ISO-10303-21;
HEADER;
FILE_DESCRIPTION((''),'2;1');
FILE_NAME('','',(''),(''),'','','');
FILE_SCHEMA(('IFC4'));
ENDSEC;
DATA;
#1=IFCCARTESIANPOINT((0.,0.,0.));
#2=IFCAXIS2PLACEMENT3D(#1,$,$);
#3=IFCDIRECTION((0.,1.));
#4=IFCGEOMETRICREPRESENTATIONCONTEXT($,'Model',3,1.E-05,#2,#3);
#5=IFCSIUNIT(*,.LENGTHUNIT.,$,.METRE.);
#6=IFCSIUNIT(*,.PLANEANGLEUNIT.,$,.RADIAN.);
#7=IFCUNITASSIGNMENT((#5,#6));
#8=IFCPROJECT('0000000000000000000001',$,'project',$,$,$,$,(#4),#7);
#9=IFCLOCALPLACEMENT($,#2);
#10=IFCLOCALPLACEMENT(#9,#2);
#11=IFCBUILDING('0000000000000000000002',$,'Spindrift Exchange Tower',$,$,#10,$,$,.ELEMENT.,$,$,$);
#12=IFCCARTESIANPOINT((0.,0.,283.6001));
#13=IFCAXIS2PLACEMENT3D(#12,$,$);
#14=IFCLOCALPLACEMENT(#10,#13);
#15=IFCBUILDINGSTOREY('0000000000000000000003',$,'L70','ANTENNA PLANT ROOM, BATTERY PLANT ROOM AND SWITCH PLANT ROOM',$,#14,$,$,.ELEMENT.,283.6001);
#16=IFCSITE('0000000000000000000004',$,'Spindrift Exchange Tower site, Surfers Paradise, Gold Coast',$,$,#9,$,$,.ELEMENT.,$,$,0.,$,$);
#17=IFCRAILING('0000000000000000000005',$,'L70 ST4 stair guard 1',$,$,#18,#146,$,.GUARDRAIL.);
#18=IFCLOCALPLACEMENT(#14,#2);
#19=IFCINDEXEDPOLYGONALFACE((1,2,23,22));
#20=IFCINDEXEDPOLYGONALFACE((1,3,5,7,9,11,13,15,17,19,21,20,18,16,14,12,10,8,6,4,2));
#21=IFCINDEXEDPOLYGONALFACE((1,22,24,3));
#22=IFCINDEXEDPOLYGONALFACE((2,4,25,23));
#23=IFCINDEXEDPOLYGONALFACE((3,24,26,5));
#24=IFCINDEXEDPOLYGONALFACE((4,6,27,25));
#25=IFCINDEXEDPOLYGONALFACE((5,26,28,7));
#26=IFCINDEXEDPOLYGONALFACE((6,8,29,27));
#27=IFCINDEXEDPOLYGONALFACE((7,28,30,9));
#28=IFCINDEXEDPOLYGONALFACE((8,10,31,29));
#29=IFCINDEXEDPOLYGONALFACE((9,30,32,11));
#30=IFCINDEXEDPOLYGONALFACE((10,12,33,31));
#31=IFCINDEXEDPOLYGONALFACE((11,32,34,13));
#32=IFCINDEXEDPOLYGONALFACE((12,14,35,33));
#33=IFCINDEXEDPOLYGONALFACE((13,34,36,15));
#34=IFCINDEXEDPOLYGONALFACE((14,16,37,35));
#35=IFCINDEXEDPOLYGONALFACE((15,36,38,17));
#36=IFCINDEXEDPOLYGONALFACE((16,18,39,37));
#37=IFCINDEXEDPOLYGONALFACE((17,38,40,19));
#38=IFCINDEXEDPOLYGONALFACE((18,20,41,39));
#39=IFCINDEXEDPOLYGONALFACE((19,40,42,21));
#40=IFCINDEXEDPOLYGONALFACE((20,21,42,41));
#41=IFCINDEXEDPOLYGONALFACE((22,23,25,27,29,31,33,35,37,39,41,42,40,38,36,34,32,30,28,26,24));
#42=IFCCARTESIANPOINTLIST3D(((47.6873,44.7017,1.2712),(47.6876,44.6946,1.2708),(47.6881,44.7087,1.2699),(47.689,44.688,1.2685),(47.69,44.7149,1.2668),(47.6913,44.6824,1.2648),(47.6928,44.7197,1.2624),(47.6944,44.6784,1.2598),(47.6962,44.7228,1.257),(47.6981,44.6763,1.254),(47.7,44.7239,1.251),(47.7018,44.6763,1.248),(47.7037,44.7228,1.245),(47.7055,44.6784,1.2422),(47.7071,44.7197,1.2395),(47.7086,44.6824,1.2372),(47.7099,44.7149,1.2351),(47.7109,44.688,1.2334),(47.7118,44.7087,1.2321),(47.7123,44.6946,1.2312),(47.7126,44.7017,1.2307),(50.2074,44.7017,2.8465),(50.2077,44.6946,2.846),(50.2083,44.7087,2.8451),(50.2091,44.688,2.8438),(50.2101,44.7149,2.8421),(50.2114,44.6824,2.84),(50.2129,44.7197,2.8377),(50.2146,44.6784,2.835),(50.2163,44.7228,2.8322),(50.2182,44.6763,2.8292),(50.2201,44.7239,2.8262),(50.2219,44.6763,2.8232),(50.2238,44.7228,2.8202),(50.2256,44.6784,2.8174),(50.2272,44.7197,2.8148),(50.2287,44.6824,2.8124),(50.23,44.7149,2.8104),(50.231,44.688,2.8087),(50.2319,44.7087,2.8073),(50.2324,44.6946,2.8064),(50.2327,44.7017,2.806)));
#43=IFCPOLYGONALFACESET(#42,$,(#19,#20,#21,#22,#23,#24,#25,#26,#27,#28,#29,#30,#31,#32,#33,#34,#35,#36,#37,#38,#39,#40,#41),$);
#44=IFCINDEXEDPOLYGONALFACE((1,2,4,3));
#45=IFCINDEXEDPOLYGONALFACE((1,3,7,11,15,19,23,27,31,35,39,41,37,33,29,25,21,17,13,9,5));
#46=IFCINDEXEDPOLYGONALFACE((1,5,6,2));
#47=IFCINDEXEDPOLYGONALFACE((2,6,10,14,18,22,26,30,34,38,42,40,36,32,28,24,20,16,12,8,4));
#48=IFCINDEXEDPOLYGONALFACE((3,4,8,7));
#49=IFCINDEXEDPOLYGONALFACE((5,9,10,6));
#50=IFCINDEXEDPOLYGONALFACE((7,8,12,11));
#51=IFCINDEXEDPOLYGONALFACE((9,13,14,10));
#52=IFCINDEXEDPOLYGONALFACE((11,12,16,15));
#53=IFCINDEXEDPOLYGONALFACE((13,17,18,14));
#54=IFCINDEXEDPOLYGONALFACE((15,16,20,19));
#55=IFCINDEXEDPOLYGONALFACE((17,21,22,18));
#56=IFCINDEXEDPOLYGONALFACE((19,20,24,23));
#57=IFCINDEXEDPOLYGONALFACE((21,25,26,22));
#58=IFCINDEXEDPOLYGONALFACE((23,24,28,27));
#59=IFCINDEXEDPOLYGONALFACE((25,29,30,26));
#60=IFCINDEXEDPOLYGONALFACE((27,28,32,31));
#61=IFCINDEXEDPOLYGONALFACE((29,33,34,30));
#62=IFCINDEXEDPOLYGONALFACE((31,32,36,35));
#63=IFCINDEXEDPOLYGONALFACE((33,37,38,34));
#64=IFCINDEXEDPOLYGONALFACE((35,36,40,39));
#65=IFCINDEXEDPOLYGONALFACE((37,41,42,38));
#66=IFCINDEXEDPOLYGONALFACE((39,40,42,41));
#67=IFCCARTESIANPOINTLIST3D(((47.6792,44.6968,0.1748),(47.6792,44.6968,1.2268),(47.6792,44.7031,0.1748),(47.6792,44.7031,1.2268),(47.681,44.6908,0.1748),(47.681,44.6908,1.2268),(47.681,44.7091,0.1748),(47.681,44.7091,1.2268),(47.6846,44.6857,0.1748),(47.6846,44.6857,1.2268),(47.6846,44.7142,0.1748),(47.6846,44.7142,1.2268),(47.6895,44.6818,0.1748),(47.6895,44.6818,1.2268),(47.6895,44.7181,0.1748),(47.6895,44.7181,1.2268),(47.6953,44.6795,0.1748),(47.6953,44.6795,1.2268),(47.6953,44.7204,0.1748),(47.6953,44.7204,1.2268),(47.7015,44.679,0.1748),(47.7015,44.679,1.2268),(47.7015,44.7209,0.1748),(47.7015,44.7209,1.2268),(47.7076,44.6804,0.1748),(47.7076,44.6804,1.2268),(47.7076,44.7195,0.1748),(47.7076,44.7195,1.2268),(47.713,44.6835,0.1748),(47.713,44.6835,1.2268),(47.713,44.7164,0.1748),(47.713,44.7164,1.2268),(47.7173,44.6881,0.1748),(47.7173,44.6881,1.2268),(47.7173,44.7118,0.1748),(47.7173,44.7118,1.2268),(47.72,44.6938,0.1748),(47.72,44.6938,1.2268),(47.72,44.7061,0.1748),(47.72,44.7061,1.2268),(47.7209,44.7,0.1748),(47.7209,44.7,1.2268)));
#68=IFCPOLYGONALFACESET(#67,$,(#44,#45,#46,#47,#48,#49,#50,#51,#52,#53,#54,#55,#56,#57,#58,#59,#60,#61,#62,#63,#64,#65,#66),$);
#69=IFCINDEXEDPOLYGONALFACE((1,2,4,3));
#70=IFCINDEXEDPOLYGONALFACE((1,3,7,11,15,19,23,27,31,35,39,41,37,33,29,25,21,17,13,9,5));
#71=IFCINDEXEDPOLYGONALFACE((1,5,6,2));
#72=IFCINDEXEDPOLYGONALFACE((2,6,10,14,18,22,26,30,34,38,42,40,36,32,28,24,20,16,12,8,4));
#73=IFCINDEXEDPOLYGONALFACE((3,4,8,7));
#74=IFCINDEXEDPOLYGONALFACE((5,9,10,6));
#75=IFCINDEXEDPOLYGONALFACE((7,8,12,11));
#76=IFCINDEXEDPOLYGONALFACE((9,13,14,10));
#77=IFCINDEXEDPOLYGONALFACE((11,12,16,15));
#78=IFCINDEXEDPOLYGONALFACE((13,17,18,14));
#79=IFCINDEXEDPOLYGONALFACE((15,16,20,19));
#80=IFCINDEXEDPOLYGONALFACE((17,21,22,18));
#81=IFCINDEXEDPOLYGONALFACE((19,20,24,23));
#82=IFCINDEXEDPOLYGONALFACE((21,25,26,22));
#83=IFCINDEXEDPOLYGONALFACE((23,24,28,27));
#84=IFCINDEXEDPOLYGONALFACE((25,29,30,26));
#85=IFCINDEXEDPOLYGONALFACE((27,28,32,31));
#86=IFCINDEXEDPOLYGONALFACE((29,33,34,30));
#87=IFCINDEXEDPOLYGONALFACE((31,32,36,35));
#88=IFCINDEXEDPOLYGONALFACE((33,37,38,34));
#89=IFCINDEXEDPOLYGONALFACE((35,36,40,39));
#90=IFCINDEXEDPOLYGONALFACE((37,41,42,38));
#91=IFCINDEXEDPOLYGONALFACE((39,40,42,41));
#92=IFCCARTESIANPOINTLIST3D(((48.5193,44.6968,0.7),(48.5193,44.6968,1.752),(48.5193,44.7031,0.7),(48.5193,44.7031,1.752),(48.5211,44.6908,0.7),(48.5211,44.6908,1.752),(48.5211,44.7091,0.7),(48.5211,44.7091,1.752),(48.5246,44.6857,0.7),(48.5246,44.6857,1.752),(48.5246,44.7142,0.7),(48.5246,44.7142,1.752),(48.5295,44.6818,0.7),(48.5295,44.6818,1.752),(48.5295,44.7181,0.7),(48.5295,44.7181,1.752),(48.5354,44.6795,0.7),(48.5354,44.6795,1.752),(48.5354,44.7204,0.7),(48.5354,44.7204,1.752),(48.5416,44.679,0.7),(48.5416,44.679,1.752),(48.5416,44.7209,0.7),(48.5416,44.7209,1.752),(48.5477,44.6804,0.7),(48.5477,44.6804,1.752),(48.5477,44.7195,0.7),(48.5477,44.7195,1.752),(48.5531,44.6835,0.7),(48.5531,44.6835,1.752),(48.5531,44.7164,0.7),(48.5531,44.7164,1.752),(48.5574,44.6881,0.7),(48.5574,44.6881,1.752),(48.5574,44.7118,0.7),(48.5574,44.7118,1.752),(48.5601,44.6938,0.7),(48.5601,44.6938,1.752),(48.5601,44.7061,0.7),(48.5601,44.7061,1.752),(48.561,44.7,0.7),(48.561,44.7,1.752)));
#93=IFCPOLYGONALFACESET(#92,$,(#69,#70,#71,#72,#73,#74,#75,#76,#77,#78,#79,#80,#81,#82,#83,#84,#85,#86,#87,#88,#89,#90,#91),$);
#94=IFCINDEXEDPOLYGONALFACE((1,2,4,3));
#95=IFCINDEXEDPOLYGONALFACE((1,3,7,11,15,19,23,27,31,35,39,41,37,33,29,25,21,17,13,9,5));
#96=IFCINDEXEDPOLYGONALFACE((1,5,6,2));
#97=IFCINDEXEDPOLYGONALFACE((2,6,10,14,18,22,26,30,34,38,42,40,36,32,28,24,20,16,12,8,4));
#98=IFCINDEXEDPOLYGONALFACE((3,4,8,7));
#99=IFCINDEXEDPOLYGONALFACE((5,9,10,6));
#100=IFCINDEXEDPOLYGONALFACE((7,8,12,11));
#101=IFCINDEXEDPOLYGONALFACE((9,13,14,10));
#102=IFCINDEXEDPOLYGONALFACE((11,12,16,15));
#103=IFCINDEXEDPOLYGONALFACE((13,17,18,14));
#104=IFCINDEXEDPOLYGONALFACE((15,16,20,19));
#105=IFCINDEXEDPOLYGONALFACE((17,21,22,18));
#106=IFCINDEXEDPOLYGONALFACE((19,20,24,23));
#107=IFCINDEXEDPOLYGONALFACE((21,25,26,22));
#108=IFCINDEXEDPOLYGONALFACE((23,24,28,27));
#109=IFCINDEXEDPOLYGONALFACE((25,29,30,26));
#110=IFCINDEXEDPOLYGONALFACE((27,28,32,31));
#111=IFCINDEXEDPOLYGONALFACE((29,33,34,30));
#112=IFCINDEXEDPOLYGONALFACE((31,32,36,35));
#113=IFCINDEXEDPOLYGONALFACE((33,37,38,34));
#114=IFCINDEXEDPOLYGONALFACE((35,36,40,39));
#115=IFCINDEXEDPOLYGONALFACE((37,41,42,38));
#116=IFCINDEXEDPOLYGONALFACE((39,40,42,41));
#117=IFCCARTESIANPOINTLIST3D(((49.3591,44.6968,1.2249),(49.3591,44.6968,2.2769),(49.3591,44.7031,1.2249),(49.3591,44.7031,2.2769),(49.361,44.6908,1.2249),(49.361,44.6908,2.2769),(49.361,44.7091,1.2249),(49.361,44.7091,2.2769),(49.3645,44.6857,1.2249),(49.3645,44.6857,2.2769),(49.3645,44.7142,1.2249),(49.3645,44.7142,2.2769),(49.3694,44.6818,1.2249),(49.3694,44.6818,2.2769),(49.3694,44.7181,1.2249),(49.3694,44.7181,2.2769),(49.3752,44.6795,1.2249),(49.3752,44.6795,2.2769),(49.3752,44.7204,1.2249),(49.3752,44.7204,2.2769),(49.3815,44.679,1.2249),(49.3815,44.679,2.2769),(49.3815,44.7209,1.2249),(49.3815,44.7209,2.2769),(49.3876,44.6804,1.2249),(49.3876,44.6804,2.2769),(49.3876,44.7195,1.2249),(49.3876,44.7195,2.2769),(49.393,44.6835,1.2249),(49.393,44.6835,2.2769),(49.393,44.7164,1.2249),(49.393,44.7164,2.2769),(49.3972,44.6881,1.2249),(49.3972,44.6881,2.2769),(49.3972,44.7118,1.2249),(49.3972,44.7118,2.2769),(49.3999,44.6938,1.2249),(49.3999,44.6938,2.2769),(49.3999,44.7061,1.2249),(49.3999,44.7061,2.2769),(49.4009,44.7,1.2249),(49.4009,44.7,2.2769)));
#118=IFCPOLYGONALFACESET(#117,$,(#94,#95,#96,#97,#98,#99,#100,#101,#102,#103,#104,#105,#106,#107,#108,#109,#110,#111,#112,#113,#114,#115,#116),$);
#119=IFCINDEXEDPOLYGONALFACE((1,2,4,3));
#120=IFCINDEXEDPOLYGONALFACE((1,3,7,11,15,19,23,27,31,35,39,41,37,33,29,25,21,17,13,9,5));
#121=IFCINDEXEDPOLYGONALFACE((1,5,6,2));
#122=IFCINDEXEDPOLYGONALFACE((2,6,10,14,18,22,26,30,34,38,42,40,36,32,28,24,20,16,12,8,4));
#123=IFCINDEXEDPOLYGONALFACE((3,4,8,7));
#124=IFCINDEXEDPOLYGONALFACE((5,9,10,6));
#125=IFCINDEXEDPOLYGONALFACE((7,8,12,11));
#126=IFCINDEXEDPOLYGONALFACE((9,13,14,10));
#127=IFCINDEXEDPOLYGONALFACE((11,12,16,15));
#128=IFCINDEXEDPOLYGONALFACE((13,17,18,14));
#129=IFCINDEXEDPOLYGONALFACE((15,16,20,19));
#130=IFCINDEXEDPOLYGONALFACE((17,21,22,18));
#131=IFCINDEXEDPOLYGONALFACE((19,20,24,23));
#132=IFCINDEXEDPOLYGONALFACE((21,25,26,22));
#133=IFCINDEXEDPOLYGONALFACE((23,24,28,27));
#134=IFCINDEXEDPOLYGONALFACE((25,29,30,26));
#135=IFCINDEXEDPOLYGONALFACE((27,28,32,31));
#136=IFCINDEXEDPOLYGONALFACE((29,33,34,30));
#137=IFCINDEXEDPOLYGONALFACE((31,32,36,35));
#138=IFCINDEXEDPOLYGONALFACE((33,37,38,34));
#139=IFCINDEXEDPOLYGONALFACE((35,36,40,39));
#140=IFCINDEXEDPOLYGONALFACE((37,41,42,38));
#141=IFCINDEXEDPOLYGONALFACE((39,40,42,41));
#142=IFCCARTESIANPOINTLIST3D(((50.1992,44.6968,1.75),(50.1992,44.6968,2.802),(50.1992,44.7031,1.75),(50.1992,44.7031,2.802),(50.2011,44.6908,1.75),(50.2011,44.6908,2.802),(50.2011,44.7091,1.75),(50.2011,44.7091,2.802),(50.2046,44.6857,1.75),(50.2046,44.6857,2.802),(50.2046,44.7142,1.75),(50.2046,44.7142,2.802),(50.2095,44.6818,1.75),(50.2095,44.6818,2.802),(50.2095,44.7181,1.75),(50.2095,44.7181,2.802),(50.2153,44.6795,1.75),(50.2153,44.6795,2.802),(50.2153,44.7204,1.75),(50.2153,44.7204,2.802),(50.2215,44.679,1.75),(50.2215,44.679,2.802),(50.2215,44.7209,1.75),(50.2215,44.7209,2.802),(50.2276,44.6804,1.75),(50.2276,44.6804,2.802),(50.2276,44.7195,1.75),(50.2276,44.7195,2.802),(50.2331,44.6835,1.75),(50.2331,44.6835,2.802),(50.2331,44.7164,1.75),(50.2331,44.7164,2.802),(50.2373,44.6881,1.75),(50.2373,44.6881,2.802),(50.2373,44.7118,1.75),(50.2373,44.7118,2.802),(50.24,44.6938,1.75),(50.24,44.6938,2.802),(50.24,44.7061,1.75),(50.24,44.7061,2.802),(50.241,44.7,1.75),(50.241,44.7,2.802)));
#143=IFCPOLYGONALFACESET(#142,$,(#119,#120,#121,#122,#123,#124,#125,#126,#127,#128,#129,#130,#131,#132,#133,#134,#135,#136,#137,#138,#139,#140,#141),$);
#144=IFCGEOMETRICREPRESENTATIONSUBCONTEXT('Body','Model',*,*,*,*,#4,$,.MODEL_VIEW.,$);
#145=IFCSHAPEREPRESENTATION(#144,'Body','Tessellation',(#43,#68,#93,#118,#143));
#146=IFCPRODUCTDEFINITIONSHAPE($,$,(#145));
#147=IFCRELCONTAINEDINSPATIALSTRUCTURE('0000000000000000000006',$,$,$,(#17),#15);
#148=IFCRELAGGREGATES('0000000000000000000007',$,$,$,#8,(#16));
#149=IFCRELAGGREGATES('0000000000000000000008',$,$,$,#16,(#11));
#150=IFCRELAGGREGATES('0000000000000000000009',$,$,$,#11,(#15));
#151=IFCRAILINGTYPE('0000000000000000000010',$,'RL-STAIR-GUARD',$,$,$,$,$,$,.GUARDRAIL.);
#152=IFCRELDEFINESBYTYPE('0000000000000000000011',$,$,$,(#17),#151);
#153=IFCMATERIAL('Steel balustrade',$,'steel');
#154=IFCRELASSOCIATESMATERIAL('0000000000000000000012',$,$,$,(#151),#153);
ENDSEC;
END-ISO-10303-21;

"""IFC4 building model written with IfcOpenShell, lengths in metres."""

from ifc_helpers import new_model, si_unit, direction, frame, origin, origin_2d, place, context, subcontext, project, spatial, circle, extrude, material, type_object, element, save


model = new_model("IFC4")

# Units and contexts
model_context = context("Model", 3, precision=1e-05, world=origin(), true_north=direction((0.0, 1.0)))
body_context = subcontext(model_context, "Body", "Model", "MODEL_VIEW")
ifc_project = project(units=[si_unit("LENGTHUNIT", "METRE"), si_unit("PLANEANGLEUNIT", "RADIAN")], contexts=[model_context])

# Site, building, storey
site_placement = place(None, origin())
site = spatial("IfcSite", under=ifc_project, at=site_placement, Name="Spindrift Exchange Tower site, Surfers Paradise, Gold Coast", CompositionType="ELEMENT", RefElevation=0.0)
building_placement = place(site_placement, origin())
building = spatial("IfcBuilding", under=site, at=building_placement, Name="Spindrift Exchange Tower", CompositionType="ELEMENT")
storey_placement = place(building_placement, frame((0.0, 0.0, 283.6001)))
storey = spatial("IfcBuildingStorey", under=building, at=storey_placement, Name="L70", Description="ANTENNA PLANT ROOM, BATTERY PLANT ROOM AND SWITCH PLANT ROOM", CompositionType="ELEMENT", Elevation=283.6001)

# Railing
ifc_material_1 = material(Name="Steel balustrade", Category="steel")
railing_type_1 = type_object("IfcRailingType", Name="RL-STAIR-GUARD", PredefinedType="GUARDRAIL", material=ifc_material_1)
railing_1_placement = place(storey_placement, frame((47.7, 44.7, 0.1748)))
element("IfcRailing", 1, at=railing_1_placement, inside=storey, type_object=railing_type_1, Name="L70 ST4 stair guard 1", PredefinedType="GUARDRAIL", context=body_context, shape_type="SweptSolid", body=[
    extrude(circle(Radius=0.0239, at=origin_2d()), frame((0.0, 0.0, 1.0762), z_axis=(0.847971, 0.0, 0.530043), x_axis=(0.0, 1.0, 0.0)), (0.0, 0.0, 1.0), 2.9719),
    extrude(circle(Radius=0.021, at=origin_2d()), origin(), (0.0, 0.0, 1.0), 1.052),
    extrude(circle(Radius=0.021, at=origin_2d()), frame((0.8401, 0.0, 0.5251)), (0.0, 0.0, 1.0), 1.052),
    extrude(circle(Radius=0.021, at=origin_2d()), frame((1.6799, 0.0, 1.05)), (0.0, 0.0, 1.0), 1.052),
    extrude(circle(Radius=0.021, at=origin_2d()), frame((2.52, 0.0, 1.5752)), (0.0, 0.0, 1.0), 1.052),
])

save(model, "model.ifc")
